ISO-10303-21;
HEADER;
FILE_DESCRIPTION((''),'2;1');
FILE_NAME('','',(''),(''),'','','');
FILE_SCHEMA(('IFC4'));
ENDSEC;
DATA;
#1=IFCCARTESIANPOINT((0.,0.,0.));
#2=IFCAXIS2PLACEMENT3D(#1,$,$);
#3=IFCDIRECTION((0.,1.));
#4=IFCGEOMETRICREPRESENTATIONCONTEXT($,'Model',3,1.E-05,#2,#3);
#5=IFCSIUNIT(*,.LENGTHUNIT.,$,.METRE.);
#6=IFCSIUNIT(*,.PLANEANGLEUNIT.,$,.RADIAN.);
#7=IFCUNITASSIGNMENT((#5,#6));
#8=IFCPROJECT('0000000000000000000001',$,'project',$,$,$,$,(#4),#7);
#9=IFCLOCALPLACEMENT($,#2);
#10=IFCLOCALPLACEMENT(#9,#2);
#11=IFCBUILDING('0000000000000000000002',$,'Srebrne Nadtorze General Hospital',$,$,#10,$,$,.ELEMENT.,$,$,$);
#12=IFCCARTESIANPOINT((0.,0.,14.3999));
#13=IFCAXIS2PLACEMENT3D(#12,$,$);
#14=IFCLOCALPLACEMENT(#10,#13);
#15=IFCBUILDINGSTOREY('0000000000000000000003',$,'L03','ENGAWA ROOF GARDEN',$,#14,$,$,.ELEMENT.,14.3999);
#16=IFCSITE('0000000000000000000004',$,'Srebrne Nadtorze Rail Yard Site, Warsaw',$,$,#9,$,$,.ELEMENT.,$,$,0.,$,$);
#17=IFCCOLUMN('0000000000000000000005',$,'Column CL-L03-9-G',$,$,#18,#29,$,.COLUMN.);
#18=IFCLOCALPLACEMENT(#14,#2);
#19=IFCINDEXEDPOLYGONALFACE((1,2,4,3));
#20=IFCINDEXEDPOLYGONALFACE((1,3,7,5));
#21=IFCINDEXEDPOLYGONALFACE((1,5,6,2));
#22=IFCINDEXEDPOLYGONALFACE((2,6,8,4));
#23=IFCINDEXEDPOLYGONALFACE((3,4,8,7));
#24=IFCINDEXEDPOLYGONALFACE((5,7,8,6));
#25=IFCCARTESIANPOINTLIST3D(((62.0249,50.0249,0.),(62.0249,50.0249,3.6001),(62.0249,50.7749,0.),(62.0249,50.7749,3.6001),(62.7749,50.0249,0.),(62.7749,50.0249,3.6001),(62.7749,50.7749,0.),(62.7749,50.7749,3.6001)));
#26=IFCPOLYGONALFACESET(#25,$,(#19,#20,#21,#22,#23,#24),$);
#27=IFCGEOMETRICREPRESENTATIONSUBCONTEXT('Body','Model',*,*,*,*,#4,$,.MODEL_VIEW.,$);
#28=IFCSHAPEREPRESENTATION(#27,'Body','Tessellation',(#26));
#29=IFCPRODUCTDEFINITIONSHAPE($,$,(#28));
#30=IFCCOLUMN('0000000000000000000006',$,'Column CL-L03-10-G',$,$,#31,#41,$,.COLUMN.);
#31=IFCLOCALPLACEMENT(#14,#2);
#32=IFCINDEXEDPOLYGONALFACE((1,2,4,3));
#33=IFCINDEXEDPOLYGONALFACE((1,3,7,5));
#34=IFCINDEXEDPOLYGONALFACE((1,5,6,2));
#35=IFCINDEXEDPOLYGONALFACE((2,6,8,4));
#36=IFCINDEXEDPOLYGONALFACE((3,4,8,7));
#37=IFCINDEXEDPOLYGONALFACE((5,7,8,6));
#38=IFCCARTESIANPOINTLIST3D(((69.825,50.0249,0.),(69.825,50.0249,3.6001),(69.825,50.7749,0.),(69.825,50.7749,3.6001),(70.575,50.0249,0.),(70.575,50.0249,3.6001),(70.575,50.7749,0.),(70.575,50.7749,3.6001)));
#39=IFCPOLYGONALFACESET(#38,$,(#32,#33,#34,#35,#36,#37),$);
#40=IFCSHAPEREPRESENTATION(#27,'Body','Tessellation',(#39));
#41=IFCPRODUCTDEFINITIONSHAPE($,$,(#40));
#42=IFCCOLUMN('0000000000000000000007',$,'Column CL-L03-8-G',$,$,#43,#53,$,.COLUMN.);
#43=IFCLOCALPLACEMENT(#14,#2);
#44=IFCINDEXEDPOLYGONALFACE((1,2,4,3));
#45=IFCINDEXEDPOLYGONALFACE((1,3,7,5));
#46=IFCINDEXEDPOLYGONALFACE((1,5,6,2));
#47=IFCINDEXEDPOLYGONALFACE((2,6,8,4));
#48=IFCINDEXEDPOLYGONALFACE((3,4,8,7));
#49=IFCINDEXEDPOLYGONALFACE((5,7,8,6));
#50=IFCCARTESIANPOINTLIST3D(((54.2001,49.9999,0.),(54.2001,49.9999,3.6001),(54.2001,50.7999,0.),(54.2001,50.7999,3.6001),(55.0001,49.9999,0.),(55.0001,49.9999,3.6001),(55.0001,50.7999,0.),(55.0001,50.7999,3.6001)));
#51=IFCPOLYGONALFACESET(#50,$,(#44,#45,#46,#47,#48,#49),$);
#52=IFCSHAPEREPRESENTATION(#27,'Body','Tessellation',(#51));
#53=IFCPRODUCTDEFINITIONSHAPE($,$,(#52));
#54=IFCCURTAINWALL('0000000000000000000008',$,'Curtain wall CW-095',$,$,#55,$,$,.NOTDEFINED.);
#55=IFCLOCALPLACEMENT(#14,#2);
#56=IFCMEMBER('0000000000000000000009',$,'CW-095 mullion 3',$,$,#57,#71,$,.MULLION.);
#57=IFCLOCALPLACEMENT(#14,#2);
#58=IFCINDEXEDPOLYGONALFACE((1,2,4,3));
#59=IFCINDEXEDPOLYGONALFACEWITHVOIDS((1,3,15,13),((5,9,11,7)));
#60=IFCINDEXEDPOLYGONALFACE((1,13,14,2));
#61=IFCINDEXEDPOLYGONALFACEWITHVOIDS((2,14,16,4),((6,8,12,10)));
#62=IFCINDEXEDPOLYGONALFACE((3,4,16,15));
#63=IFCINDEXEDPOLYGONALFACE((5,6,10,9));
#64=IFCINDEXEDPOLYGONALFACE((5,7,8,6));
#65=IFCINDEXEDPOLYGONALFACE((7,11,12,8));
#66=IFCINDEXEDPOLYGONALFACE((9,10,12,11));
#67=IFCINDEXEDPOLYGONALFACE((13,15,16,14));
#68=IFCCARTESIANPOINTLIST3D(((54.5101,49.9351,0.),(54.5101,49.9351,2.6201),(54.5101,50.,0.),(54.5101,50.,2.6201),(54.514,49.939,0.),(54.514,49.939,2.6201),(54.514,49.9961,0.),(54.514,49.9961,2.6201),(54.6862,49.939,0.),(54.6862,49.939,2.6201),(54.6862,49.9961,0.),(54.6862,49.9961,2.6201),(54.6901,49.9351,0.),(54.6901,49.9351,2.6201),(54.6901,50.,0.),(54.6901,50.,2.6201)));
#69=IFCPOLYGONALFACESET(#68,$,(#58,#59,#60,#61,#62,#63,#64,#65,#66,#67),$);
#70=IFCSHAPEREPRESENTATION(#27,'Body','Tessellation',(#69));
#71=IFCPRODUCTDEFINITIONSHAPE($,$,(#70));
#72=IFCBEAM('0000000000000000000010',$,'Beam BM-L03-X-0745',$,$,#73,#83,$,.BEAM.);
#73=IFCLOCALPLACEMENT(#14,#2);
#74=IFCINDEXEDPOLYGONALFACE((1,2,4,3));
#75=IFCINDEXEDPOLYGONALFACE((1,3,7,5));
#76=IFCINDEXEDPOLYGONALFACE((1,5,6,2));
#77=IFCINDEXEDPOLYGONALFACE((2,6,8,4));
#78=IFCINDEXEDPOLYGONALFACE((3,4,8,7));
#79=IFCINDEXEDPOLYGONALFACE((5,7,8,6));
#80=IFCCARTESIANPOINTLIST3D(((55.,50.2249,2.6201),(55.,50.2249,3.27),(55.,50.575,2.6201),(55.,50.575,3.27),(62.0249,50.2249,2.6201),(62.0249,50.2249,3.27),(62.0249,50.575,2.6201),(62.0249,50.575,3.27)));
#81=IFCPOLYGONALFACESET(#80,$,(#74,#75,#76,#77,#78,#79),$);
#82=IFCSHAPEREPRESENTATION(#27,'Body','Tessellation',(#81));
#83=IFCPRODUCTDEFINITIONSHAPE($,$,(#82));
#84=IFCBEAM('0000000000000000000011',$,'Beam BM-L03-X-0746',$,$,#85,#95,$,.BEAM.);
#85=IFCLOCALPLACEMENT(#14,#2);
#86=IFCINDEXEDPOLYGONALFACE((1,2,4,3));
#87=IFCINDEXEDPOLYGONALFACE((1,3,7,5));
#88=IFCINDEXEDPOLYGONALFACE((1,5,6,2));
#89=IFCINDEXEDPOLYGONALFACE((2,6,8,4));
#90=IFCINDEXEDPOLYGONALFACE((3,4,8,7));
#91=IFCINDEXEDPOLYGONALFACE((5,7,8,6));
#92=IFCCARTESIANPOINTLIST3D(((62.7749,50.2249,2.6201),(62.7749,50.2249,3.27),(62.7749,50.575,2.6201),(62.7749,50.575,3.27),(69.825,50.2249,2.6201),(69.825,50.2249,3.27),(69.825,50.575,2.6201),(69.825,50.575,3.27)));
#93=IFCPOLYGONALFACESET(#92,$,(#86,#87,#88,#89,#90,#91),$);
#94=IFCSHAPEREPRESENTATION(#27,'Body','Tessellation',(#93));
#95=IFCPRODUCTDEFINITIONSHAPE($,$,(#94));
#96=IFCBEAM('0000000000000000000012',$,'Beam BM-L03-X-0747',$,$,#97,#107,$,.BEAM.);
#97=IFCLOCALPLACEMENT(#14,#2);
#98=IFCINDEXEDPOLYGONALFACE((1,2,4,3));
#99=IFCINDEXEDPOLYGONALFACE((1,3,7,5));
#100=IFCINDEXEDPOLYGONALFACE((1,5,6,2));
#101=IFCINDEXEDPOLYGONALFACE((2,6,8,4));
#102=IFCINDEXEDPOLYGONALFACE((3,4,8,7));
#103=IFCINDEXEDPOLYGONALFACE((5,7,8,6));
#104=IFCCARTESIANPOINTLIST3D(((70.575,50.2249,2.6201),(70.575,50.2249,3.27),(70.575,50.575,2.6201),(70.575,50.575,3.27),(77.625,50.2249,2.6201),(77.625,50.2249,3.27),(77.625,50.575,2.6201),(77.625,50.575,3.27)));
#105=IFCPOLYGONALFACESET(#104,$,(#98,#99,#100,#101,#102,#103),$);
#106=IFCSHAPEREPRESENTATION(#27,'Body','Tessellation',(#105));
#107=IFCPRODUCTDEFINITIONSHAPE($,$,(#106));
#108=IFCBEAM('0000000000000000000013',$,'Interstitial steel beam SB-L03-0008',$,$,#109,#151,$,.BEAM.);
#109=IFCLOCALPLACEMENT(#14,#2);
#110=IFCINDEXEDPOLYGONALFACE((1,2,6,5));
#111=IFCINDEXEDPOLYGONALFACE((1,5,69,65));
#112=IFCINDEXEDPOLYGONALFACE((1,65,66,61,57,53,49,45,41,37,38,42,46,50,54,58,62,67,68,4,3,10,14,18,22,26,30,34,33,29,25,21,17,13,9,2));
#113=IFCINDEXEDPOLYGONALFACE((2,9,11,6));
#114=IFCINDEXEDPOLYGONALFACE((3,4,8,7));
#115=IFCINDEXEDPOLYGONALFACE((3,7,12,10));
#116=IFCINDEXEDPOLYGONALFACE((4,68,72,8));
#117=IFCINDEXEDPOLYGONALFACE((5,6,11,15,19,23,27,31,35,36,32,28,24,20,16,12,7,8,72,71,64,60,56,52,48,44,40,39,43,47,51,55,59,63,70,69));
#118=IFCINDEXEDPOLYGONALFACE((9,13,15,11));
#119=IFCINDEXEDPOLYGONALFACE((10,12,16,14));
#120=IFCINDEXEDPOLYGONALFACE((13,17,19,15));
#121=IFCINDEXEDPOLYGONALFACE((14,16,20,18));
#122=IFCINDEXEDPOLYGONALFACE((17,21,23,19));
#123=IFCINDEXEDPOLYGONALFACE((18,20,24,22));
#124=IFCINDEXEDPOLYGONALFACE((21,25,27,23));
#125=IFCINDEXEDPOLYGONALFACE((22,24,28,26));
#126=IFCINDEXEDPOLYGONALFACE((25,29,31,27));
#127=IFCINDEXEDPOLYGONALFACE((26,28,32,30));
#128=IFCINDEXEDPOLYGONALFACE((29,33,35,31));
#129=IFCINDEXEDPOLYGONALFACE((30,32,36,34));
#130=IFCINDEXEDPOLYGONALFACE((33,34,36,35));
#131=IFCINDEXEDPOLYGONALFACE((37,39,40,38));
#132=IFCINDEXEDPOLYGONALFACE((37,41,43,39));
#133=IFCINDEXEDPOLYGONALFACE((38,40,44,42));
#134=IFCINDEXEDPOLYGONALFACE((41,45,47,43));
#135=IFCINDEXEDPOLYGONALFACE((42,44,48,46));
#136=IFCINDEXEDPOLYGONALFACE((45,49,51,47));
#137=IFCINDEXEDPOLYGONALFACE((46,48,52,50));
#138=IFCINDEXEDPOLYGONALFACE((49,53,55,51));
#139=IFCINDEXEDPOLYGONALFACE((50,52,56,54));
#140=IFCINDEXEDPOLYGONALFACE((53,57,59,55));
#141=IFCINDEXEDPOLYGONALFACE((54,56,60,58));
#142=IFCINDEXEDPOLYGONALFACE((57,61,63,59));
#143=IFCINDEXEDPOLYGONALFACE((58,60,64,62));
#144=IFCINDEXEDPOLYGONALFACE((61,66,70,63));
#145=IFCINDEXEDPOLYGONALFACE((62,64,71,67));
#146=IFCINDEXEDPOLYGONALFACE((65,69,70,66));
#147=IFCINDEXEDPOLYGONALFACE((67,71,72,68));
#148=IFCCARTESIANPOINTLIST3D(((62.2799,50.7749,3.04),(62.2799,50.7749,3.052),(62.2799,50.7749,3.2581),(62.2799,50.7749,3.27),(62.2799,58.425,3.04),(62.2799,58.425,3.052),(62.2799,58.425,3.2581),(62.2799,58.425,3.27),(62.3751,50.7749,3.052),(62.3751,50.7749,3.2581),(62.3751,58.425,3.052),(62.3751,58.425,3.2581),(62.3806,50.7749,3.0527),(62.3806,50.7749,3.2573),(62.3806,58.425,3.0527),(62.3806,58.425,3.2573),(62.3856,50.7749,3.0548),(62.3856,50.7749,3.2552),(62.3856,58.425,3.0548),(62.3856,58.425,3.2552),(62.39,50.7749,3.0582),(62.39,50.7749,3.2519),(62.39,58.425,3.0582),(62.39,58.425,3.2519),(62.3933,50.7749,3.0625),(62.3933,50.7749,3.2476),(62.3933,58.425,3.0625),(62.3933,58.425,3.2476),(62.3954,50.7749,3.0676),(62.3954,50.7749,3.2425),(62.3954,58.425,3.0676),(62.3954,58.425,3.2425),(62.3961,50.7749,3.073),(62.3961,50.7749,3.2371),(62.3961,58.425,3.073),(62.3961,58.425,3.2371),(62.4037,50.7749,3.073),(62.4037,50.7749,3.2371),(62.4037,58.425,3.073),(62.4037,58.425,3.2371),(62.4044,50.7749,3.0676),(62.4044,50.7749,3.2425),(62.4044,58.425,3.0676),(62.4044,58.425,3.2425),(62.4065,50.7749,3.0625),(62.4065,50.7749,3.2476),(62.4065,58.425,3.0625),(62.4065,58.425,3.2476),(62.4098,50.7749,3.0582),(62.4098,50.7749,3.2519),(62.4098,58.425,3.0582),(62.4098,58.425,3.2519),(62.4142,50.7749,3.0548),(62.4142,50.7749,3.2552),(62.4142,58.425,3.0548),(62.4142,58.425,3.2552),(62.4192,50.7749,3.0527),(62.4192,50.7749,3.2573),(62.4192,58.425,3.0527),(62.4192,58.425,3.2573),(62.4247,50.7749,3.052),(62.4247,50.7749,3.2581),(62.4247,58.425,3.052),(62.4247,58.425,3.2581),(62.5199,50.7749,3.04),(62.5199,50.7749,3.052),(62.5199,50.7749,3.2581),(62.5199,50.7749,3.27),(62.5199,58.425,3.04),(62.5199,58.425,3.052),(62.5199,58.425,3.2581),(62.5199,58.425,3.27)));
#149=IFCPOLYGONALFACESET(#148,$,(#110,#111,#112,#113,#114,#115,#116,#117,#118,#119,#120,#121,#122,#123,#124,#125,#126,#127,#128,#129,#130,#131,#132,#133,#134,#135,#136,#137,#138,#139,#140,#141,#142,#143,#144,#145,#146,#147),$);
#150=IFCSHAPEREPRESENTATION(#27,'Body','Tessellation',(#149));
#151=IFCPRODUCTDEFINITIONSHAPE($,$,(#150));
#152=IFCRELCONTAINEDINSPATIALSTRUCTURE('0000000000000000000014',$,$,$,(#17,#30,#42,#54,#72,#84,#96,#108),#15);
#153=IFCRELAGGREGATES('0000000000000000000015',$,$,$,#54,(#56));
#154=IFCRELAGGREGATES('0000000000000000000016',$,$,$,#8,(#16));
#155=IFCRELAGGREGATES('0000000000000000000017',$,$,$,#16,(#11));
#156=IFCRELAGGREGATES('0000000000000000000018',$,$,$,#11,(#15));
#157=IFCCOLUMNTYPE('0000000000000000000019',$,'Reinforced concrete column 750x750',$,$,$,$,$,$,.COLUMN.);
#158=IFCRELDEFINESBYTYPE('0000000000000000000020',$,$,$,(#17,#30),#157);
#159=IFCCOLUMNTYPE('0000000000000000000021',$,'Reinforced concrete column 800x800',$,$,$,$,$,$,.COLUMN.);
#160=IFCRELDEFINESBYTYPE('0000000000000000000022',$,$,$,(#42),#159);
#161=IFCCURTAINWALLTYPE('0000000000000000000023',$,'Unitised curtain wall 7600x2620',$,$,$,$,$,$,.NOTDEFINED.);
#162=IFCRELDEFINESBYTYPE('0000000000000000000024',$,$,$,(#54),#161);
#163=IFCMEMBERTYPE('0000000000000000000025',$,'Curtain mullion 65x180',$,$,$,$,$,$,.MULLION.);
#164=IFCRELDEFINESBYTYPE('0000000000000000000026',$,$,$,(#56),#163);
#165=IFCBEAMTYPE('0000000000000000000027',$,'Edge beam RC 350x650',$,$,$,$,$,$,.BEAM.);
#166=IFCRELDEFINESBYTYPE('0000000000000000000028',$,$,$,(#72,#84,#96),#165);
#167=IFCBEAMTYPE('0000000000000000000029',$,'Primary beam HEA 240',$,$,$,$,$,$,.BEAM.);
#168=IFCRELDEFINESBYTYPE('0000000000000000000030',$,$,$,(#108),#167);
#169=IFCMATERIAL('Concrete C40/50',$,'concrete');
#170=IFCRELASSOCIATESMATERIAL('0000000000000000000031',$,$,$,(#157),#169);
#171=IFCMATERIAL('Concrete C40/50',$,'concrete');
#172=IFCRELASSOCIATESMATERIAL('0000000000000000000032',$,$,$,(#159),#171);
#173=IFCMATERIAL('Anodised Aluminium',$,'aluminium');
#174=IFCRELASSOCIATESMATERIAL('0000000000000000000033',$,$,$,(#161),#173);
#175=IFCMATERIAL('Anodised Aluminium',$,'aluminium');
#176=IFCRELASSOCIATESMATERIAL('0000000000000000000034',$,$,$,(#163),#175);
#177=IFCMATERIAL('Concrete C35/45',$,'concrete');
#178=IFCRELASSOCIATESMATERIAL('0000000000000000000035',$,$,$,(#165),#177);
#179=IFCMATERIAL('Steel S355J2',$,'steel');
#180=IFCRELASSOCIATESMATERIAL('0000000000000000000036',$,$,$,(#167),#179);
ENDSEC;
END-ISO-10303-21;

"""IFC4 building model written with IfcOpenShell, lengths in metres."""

from ifc_helpers import new_model, si_unit, direction, frame, origin, origin_2d, place, context, subcontext, project, spatial, rectangle, hollow_rectangle, i_section, extrude, material, material_profile, profile_set, type_object, element, aggregate, save


model = new_model("IFC4")

# Units and contexts
model_context = context("Model", 3, precision=1e-05, world=origin(), true_north=direction((0.0, 1.0)))
body_context = subcontext(model_context, "Body", "Model", "MODEL_VIEW")
ifc_project = project(units=[si_unit("LENGTHUNIT", "METRE"), si_unit("PLANEANGLEUNIT", "RADIAN")], contexts=[model_context])

# Site, building, storey
site_placement = place(None, origin())
site = spatial("IfcSite", under=ifc_project, at=site_placement, Name="Srebrne Nadtorze Rail Yard Site, Warsaw", CompositionType="ELEMENT", RefElevation=0.0)
building_placement = place(site_placement, origin())
building = spatial("IfcBuilding", under=site, at=building_placement, Name="Srebrne Nadtorze General Hospital", CompositionType="ELEMENT")
storey_placement = place(building_placement, frame((0.0, 0.0, 14.3999)))
storey = spatial("IfcBuildingStorey", under=building, at=storey_placement, Name="L03", Description="ENGAWA ROOF GARDEN", CompositionType="ELEMENT", Elevation=14.3999)

# Columns
ifc_material_1 = material(Name="Concrete C40/50", Category="concrete")
ifc_material_profile_1 = material_profile(ifc_material_1, rectangle(XDim=0.75, YDim=0.75, at=origin_2d()), Name="RC-COL-750x750")
ifc_profile_set_1 = profile_set([ifc_material_profile_1], Name="Concrete C40/50")
column_type_1 = type_object("IfcColumnType", Name="Reinforced concrete column 750x750", PredefinedType="COLUMN", material=ifc_profile_set_1)
for number, where, z_axis, x_axis, name in (
    (1, (62.3999, 50.3999, 0.0), (0.0, 0.0, 1.0), (1.0, 0.0, 0.0), "Column CL-L03-9-G"),
    (2, (70.2, 50.3999, 0.0), (0.0, 0.0, 1.0), (1.0, 0.0, 0.0), "Column CL-L03-10-G"),
):
    element("IfcColumn", number, at=place(storey_placement, frame(where, z_axis=z_axis, x_axis=x_axis)), inside=storey, type_object=column_type_1, Name=name, PredefinedType="COLUMN", context=body_context, shape_type="SweptSolid", body=[
        extrude(rectangle(XDim=0.75, YDim=0.75, at=origin_2d()), origin(), (0.0, 0.0, 1.0), 3.6001),
    ])
ifc_material_2 = material(Name="Concrete C40/50", Category="concrete")
ifc_material_profile_2 = material_profile(ifc_material_2, rectangle(XDim=0.8, YDim=0.8, at=origin_2d()), Name="RC-COL-800x800")
ifc_profile_set_2 = profile_set([ifc_material_profile_2], Name="Concrete C40/50")
column_type_2 = type_object("IfcColumnType", Name="Reinforced concrete column 800x800", PredefinedType="COLUMN", material=ifc_profile_set_2)
column_placement = place(storey_placement, frame((54.6001, 50.3999, 0.0), z_axis=(0.0, 0.0, 1.0), x_axis=(1.0, 0.0, 0.0)))
element("IfcColumn", 3, at=column_placement, inside=storey, type_object=column_type_2, Name="Column CL-L03-8-G", PredefinedType="COLUMN", context=body_context, shape_type="SweptSolid", body=[
    extrude(rectangle(XDim=0.8, YDim=0.8, at=origin_2d()), origin(), (0.0, 0.0, 1.0), 3.6001),
])

# Curtain wall, member
ifc_material_3 = material(Name="Anodised Aluminium", Category="aluminium")
curtain_wall_type = type_object("IfcCurtainWallType", Name="Unitised curtain wall 7600x2620", PredefinedType="NOTDEFINED", material=ifc_material_3)
curtain_wall_placement = place(storey_placement, origin())
curtain_wall = element("IfcCurtainWall", 4, at=curtain_wall_placement, inside=storey, type_object=curtain_wall_type, Name="Curtain wall CW-095", PredefinedType="NOTDEFINED")
ifc_material_4 = material(Name="Anodised Aluminium", Category="aluminium")
ifc_material_profile_3 = material_profile(ifc_material_4, hollow_rectangle(XDim=0.0649, YDim=0.1799, WallThickness=0.0039, at=origin_2d()), Name="AL-MUL-65x180")
ifc_profile_set_3 = profile_set([ifc_material_profile_3], Name="Anodised Aluminium")
member_type = type_object("IfcMemberType", Name="Curtain mullion 65x180", PredefinedType="MULLION", material=ifc_profile_set_3)
member_placement = place(storey_placement, frame((54.6001, 49.9675, 0.0), z_axis=(0.0, 0.0, 1.0), x_axis=(0.0, 1.0, 0.0)))
member = element("IfcMember", 5, at=member_placement, type_object=member_type, Name="CW-095 mullion 3", PredefinedType="MULLION", context=body_context, shape_type="SweptSolid", body=[
    extrude(hollow_rectangle(XDim=0.0649, YDim=0.1799, WallThickness=0.0039, at=origin_2d()), origin(), (0.0, 0.0, 1.0), 2.6201),
])
aggregate(curtain_wall, [member])

# Beams
ifc_material_5 = material(Name="Concrete C35/45", Category="concrete")
ifc_material_profile_4 = material_profile(ifc_material_5, rectangle(XDim=0.3501, YDim=0.6499, at=origin_2d()), Name="RC-BM-350x650")
ifc_profile_set_4 = profile_set([ifc_material_profile_4], Name="Concrete C35/45")
beam_type_1 = type_object("IfcBeamType", Name="Edge beam RC 350x650", PredefinedType="BEAM", material=ifc_profile_set_4)
beam_1_placement = place(storey_placement, frame((55.0, 50.3999, 2.9451), z_axis=(1.0, 0.0, 0.0), x_axis=(0.0, 1.0, 0.0)))
element("IfcBeam", 6, at=beam_1_placement, inside=storey, type_object=beam_type_1, Name="Beam BM-L03-X-0745", PredefinedType="BEAM", context=body_context, shape_type="SweptSolid", body=[
    extrude(rectangle(XDim=0.3501, YDim=0.6499, at=origin_2d()), origin(), (0.0, 0.0, 1.0), 7.0249),
])
for number, where, z_axis, x_axis, name in (
    (7, (62.7749, 50.3999, 2.9451), (1.0, 0.0, 0.0), (0.0, 1.0, 0.0), "Beam BM-L03-X-0746"),
    (8, (70.575, 50.3999, 2.9451), (1.0, 0.0, 0.0), (0.0, 1.0, 0.0), "Beam BM-L03-X-0747"),
):
    element("IfcBeam", number, at=place(storey_placement, frame(where, z_axis=z_axis, x_axis=x_axis)), inside=storey, type_object=beam_type_1, Name=name, PredefinedType="BEAM", context=body_context, shape_type="SweptSolid", body=[
        extrude(rectangle(XDim=0.3501, YDim=0.6499, at=origin_2d()), origin(), (0.0, 0.0, 1.0), 7.05),
    ])
ifc_material_6 = material(Name="Steel S355J2", Category="steel")
ifc_material_profile_5 = material_profile(ifc_material_6, i_section(OverallWidth=0.24, OverallDepth=0.23, WebThickness=0.0076, FlangeThickness=0.012, FilletRadius=0.021, at=origin_2d()), Name="HEA-240")
ifc_profile_set_5 = profile_set([ifc_material_profile_5], Name="Steel S355J2")
beam_type_2 = type_object("IfcBeamType", Name="Primary beam HEA 240", PredefinedType="BEAM", material=ifc_profile_set_5)
beam_2_placement = place(storey_placement, frame((62.3999, 50.7749, 3.155), z_axis=(0.0, 1.0, 0.0), x_axis=(-1.0, 0.0, 0.0)))
element("IfcBeam", 9, at=beam_2_placement, inside=storey, type_object=beam_type_2, Name="Interstitial steel beam SB-L03-0008", PredefinedType="BEAM", context=body_context, shape_type="SweptSolid", body=[
    extrude(i_section(OverallWidth=0.24, OverallDepth=0.23, WebThickness=0.0076, FlangeThickness=0.012, FilletRadius=0.021, at=origin_2d()), origin(), (0.0, 0.0, 1.0), 7.6501),
])

save(model, "model.ifc")
